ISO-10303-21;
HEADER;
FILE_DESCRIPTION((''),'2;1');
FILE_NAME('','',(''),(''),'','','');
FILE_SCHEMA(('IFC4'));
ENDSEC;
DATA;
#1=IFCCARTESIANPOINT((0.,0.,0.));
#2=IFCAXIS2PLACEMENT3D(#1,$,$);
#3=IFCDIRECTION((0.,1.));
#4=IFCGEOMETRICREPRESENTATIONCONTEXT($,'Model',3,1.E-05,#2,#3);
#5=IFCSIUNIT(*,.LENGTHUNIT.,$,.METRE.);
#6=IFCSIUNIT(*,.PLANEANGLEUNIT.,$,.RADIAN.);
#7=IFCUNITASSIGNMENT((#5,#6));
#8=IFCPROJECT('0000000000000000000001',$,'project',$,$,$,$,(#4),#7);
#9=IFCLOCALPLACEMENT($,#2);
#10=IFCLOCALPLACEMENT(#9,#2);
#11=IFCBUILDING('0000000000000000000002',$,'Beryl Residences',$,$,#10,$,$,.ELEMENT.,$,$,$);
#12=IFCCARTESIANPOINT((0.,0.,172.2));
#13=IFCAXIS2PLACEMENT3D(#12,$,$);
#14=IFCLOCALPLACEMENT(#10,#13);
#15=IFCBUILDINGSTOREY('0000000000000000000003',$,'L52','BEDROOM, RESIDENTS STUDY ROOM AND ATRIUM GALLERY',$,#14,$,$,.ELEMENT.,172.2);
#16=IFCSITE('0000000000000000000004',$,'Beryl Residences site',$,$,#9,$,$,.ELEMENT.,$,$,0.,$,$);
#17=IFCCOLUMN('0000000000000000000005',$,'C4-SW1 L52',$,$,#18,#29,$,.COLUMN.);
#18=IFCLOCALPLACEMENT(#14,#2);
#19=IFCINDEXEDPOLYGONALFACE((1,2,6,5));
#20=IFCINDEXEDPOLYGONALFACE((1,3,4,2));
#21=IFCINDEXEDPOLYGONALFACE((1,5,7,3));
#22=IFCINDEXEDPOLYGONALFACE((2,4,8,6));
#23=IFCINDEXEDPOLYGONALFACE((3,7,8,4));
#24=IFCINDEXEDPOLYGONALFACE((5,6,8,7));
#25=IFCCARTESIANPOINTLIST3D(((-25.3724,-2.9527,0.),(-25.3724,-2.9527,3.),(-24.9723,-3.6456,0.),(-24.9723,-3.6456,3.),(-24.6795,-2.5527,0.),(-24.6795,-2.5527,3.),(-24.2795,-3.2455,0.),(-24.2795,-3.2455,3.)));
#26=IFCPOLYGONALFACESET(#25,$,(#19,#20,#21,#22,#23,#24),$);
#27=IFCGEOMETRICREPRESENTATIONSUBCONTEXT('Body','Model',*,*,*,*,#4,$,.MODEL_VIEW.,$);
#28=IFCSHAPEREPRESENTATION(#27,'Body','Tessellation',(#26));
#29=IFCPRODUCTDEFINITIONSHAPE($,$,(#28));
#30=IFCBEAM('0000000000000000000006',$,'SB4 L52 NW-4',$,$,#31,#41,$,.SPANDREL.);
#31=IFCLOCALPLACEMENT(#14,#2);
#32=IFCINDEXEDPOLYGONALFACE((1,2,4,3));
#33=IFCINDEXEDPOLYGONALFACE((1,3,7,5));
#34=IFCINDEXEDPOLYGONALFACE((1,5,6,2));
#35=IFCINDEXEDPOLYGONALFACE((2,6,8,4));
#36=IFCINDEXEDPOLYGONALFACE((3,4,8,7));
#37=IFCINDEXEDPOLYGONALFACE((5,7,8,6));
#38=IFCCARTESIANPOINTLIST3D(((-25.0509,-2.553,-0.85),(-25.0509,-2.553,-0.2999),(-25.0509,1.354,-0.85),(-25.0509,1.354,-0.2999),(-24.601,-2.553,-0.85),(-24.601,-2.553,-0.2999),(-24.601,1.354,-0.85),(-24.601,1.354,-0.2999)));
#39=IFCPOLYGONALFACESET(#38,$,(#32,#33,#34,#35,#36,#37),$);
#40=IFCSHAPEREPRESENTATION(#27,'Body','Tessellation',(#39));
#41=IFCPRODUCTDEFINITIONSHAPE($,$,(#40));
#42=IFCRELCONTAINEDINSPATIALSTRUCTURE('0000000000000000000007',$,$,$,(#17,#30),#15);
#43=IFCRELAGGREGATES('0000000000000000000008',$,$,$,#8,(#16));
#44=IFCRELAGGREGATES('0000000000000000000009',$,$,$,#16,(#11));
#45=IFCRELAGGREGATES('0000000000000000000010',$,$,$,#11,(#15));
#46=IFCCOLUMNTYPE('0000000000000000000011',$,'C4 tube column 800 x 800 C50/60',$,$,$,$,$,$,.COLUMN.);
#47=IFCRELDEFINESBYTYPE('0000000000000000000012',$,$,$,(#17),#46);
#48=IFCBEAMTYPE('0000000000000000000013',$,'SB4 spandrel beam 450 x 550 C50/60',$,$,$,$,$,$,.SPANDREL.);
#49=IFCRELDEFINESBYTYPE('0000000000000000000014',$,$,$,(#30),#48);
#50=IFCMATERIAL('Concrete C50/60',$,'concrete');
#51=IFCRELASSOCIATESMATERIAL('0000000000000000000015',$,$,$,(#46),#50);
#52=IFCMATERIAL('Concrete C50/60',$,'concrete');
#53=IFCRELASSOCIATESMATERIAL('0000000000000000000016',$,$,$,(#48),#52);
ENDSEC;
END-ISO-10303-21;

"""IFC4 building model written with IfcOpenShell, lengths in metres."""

from ifc_helpers import new_model, si_unit, direction, frame, origin, origin_2d, place, context, subcontext, project, spatial, rectangle, extrude, material, material_profile, profile_set, type_object, element, save


model = new_model("IFC4")

# Units and contexts
model_context = context("Model", 3, precision=1e-05, world=origin(), true_north=direction((0.0, 1.0)))
body_context = subcontext(model_context, "Body", "Model", "MODEL_VIEW")
ifc_project = project(units=[si_unit("LENGTHUNIT", "METRE"), si_unit("PLANEANGLEUNIT", "RADIAN")], contexts=[model_context])

# Site, building, storey
site_placement = place(None, origin())
site = spatial("IfcSite", under=ifc_project, at=site_placement, Name="Beryl Residences site", CompositionType="ELEMENT", RefElevation=0.0)
building_placement = place(site_placement, origin())
building = spatial("IfcBuilding", under=site, at=building_placement, Name="Beryl Residences", CompositionType="ELEMENT")
storey_placement = place(building_placement, frame((0.0, 0.0, 172.2)))
storey = spatial("IfcBuildingStorey", under=building, at=storey_placement, Name="L52", Description="BEDROOM, RESIDENTS STUDY ROOM AND ATRIUM GALLERY", CompositionType="ELEMENT", Elevation=172.2)

# Column
ifc_material_1 = material(Name="Concrete C50/60", Category="concrete")
ifc_material_profile_1 = material_profile(ifc_material_1, rectangle(XDim=0.8, YDim=0.8, at=origin_2d()))
ifc_profile_set_1 = profile_set([ifc_material_profile_1], Name="Concrete C50/60")
column_type = type_object("IfcColumnType", Name="C4 tube column 800 x 800 C50/60", PredefinedType="COLUMN", material=ifc_profile_set_1)
column_placement = place(storey_placement, frame((-24.8259, -3.0991, 0.0), z_axis=(0.0, 0.0, 1.0), x_axis=(0.5, -0.866025, 0.0)))
element("IfcColumn", 1, at=column_placement, inside=storey, type_object=column_type, Name="C4-SW1 L52", PredefinedType="COLUMN", context=body_context, shape_type="SweptSolid", body=[
    extrude(rectangle(XDim=0.8, YDim=0.8, at=origin_2d()), origin(), (0.0, 0.0, 1.0), 3.0),
])

# Beam
ifc_material_2 = material(Name="Concrete C50/60", Category="concrete")
ifc_material_profile_2 = material_profile(ifc_material_2, rectangle(XDim=0.45, YDim=0.55, at=origin_2d()))
ifc_profile_set_2 = profile_set([ifc_material_profile_2], Name="Concrete C50/60")
beam_type = type_object("IfcBeamType", Name="SB4 spandrel beam 450 x 550 C50/60", PredefinedType="SPANDREL", material=ifc_profile_set_2)
beam_placement = place(storey_placement, frame((-24.8259, 1.354, -0.575), z_axis=(0.0, -1.0, 0.0), x_axis=(1.0, 0.0, 0.0)))
element("IfcBeam", 2, at=beam_placement, inside=storey, type_object=beam_type, Name="SB4 L52 NW-4", PredefinedType="SPANDREL", context=body_context, shape_type="SweptSolid", body=[
    extrude(rectangle(XDim=0.45, YDim=0.55, at=origin_2d()), origin(), (0.0, 0.0, 1.0), 3.907),
])

save(model, "model.ifc")
